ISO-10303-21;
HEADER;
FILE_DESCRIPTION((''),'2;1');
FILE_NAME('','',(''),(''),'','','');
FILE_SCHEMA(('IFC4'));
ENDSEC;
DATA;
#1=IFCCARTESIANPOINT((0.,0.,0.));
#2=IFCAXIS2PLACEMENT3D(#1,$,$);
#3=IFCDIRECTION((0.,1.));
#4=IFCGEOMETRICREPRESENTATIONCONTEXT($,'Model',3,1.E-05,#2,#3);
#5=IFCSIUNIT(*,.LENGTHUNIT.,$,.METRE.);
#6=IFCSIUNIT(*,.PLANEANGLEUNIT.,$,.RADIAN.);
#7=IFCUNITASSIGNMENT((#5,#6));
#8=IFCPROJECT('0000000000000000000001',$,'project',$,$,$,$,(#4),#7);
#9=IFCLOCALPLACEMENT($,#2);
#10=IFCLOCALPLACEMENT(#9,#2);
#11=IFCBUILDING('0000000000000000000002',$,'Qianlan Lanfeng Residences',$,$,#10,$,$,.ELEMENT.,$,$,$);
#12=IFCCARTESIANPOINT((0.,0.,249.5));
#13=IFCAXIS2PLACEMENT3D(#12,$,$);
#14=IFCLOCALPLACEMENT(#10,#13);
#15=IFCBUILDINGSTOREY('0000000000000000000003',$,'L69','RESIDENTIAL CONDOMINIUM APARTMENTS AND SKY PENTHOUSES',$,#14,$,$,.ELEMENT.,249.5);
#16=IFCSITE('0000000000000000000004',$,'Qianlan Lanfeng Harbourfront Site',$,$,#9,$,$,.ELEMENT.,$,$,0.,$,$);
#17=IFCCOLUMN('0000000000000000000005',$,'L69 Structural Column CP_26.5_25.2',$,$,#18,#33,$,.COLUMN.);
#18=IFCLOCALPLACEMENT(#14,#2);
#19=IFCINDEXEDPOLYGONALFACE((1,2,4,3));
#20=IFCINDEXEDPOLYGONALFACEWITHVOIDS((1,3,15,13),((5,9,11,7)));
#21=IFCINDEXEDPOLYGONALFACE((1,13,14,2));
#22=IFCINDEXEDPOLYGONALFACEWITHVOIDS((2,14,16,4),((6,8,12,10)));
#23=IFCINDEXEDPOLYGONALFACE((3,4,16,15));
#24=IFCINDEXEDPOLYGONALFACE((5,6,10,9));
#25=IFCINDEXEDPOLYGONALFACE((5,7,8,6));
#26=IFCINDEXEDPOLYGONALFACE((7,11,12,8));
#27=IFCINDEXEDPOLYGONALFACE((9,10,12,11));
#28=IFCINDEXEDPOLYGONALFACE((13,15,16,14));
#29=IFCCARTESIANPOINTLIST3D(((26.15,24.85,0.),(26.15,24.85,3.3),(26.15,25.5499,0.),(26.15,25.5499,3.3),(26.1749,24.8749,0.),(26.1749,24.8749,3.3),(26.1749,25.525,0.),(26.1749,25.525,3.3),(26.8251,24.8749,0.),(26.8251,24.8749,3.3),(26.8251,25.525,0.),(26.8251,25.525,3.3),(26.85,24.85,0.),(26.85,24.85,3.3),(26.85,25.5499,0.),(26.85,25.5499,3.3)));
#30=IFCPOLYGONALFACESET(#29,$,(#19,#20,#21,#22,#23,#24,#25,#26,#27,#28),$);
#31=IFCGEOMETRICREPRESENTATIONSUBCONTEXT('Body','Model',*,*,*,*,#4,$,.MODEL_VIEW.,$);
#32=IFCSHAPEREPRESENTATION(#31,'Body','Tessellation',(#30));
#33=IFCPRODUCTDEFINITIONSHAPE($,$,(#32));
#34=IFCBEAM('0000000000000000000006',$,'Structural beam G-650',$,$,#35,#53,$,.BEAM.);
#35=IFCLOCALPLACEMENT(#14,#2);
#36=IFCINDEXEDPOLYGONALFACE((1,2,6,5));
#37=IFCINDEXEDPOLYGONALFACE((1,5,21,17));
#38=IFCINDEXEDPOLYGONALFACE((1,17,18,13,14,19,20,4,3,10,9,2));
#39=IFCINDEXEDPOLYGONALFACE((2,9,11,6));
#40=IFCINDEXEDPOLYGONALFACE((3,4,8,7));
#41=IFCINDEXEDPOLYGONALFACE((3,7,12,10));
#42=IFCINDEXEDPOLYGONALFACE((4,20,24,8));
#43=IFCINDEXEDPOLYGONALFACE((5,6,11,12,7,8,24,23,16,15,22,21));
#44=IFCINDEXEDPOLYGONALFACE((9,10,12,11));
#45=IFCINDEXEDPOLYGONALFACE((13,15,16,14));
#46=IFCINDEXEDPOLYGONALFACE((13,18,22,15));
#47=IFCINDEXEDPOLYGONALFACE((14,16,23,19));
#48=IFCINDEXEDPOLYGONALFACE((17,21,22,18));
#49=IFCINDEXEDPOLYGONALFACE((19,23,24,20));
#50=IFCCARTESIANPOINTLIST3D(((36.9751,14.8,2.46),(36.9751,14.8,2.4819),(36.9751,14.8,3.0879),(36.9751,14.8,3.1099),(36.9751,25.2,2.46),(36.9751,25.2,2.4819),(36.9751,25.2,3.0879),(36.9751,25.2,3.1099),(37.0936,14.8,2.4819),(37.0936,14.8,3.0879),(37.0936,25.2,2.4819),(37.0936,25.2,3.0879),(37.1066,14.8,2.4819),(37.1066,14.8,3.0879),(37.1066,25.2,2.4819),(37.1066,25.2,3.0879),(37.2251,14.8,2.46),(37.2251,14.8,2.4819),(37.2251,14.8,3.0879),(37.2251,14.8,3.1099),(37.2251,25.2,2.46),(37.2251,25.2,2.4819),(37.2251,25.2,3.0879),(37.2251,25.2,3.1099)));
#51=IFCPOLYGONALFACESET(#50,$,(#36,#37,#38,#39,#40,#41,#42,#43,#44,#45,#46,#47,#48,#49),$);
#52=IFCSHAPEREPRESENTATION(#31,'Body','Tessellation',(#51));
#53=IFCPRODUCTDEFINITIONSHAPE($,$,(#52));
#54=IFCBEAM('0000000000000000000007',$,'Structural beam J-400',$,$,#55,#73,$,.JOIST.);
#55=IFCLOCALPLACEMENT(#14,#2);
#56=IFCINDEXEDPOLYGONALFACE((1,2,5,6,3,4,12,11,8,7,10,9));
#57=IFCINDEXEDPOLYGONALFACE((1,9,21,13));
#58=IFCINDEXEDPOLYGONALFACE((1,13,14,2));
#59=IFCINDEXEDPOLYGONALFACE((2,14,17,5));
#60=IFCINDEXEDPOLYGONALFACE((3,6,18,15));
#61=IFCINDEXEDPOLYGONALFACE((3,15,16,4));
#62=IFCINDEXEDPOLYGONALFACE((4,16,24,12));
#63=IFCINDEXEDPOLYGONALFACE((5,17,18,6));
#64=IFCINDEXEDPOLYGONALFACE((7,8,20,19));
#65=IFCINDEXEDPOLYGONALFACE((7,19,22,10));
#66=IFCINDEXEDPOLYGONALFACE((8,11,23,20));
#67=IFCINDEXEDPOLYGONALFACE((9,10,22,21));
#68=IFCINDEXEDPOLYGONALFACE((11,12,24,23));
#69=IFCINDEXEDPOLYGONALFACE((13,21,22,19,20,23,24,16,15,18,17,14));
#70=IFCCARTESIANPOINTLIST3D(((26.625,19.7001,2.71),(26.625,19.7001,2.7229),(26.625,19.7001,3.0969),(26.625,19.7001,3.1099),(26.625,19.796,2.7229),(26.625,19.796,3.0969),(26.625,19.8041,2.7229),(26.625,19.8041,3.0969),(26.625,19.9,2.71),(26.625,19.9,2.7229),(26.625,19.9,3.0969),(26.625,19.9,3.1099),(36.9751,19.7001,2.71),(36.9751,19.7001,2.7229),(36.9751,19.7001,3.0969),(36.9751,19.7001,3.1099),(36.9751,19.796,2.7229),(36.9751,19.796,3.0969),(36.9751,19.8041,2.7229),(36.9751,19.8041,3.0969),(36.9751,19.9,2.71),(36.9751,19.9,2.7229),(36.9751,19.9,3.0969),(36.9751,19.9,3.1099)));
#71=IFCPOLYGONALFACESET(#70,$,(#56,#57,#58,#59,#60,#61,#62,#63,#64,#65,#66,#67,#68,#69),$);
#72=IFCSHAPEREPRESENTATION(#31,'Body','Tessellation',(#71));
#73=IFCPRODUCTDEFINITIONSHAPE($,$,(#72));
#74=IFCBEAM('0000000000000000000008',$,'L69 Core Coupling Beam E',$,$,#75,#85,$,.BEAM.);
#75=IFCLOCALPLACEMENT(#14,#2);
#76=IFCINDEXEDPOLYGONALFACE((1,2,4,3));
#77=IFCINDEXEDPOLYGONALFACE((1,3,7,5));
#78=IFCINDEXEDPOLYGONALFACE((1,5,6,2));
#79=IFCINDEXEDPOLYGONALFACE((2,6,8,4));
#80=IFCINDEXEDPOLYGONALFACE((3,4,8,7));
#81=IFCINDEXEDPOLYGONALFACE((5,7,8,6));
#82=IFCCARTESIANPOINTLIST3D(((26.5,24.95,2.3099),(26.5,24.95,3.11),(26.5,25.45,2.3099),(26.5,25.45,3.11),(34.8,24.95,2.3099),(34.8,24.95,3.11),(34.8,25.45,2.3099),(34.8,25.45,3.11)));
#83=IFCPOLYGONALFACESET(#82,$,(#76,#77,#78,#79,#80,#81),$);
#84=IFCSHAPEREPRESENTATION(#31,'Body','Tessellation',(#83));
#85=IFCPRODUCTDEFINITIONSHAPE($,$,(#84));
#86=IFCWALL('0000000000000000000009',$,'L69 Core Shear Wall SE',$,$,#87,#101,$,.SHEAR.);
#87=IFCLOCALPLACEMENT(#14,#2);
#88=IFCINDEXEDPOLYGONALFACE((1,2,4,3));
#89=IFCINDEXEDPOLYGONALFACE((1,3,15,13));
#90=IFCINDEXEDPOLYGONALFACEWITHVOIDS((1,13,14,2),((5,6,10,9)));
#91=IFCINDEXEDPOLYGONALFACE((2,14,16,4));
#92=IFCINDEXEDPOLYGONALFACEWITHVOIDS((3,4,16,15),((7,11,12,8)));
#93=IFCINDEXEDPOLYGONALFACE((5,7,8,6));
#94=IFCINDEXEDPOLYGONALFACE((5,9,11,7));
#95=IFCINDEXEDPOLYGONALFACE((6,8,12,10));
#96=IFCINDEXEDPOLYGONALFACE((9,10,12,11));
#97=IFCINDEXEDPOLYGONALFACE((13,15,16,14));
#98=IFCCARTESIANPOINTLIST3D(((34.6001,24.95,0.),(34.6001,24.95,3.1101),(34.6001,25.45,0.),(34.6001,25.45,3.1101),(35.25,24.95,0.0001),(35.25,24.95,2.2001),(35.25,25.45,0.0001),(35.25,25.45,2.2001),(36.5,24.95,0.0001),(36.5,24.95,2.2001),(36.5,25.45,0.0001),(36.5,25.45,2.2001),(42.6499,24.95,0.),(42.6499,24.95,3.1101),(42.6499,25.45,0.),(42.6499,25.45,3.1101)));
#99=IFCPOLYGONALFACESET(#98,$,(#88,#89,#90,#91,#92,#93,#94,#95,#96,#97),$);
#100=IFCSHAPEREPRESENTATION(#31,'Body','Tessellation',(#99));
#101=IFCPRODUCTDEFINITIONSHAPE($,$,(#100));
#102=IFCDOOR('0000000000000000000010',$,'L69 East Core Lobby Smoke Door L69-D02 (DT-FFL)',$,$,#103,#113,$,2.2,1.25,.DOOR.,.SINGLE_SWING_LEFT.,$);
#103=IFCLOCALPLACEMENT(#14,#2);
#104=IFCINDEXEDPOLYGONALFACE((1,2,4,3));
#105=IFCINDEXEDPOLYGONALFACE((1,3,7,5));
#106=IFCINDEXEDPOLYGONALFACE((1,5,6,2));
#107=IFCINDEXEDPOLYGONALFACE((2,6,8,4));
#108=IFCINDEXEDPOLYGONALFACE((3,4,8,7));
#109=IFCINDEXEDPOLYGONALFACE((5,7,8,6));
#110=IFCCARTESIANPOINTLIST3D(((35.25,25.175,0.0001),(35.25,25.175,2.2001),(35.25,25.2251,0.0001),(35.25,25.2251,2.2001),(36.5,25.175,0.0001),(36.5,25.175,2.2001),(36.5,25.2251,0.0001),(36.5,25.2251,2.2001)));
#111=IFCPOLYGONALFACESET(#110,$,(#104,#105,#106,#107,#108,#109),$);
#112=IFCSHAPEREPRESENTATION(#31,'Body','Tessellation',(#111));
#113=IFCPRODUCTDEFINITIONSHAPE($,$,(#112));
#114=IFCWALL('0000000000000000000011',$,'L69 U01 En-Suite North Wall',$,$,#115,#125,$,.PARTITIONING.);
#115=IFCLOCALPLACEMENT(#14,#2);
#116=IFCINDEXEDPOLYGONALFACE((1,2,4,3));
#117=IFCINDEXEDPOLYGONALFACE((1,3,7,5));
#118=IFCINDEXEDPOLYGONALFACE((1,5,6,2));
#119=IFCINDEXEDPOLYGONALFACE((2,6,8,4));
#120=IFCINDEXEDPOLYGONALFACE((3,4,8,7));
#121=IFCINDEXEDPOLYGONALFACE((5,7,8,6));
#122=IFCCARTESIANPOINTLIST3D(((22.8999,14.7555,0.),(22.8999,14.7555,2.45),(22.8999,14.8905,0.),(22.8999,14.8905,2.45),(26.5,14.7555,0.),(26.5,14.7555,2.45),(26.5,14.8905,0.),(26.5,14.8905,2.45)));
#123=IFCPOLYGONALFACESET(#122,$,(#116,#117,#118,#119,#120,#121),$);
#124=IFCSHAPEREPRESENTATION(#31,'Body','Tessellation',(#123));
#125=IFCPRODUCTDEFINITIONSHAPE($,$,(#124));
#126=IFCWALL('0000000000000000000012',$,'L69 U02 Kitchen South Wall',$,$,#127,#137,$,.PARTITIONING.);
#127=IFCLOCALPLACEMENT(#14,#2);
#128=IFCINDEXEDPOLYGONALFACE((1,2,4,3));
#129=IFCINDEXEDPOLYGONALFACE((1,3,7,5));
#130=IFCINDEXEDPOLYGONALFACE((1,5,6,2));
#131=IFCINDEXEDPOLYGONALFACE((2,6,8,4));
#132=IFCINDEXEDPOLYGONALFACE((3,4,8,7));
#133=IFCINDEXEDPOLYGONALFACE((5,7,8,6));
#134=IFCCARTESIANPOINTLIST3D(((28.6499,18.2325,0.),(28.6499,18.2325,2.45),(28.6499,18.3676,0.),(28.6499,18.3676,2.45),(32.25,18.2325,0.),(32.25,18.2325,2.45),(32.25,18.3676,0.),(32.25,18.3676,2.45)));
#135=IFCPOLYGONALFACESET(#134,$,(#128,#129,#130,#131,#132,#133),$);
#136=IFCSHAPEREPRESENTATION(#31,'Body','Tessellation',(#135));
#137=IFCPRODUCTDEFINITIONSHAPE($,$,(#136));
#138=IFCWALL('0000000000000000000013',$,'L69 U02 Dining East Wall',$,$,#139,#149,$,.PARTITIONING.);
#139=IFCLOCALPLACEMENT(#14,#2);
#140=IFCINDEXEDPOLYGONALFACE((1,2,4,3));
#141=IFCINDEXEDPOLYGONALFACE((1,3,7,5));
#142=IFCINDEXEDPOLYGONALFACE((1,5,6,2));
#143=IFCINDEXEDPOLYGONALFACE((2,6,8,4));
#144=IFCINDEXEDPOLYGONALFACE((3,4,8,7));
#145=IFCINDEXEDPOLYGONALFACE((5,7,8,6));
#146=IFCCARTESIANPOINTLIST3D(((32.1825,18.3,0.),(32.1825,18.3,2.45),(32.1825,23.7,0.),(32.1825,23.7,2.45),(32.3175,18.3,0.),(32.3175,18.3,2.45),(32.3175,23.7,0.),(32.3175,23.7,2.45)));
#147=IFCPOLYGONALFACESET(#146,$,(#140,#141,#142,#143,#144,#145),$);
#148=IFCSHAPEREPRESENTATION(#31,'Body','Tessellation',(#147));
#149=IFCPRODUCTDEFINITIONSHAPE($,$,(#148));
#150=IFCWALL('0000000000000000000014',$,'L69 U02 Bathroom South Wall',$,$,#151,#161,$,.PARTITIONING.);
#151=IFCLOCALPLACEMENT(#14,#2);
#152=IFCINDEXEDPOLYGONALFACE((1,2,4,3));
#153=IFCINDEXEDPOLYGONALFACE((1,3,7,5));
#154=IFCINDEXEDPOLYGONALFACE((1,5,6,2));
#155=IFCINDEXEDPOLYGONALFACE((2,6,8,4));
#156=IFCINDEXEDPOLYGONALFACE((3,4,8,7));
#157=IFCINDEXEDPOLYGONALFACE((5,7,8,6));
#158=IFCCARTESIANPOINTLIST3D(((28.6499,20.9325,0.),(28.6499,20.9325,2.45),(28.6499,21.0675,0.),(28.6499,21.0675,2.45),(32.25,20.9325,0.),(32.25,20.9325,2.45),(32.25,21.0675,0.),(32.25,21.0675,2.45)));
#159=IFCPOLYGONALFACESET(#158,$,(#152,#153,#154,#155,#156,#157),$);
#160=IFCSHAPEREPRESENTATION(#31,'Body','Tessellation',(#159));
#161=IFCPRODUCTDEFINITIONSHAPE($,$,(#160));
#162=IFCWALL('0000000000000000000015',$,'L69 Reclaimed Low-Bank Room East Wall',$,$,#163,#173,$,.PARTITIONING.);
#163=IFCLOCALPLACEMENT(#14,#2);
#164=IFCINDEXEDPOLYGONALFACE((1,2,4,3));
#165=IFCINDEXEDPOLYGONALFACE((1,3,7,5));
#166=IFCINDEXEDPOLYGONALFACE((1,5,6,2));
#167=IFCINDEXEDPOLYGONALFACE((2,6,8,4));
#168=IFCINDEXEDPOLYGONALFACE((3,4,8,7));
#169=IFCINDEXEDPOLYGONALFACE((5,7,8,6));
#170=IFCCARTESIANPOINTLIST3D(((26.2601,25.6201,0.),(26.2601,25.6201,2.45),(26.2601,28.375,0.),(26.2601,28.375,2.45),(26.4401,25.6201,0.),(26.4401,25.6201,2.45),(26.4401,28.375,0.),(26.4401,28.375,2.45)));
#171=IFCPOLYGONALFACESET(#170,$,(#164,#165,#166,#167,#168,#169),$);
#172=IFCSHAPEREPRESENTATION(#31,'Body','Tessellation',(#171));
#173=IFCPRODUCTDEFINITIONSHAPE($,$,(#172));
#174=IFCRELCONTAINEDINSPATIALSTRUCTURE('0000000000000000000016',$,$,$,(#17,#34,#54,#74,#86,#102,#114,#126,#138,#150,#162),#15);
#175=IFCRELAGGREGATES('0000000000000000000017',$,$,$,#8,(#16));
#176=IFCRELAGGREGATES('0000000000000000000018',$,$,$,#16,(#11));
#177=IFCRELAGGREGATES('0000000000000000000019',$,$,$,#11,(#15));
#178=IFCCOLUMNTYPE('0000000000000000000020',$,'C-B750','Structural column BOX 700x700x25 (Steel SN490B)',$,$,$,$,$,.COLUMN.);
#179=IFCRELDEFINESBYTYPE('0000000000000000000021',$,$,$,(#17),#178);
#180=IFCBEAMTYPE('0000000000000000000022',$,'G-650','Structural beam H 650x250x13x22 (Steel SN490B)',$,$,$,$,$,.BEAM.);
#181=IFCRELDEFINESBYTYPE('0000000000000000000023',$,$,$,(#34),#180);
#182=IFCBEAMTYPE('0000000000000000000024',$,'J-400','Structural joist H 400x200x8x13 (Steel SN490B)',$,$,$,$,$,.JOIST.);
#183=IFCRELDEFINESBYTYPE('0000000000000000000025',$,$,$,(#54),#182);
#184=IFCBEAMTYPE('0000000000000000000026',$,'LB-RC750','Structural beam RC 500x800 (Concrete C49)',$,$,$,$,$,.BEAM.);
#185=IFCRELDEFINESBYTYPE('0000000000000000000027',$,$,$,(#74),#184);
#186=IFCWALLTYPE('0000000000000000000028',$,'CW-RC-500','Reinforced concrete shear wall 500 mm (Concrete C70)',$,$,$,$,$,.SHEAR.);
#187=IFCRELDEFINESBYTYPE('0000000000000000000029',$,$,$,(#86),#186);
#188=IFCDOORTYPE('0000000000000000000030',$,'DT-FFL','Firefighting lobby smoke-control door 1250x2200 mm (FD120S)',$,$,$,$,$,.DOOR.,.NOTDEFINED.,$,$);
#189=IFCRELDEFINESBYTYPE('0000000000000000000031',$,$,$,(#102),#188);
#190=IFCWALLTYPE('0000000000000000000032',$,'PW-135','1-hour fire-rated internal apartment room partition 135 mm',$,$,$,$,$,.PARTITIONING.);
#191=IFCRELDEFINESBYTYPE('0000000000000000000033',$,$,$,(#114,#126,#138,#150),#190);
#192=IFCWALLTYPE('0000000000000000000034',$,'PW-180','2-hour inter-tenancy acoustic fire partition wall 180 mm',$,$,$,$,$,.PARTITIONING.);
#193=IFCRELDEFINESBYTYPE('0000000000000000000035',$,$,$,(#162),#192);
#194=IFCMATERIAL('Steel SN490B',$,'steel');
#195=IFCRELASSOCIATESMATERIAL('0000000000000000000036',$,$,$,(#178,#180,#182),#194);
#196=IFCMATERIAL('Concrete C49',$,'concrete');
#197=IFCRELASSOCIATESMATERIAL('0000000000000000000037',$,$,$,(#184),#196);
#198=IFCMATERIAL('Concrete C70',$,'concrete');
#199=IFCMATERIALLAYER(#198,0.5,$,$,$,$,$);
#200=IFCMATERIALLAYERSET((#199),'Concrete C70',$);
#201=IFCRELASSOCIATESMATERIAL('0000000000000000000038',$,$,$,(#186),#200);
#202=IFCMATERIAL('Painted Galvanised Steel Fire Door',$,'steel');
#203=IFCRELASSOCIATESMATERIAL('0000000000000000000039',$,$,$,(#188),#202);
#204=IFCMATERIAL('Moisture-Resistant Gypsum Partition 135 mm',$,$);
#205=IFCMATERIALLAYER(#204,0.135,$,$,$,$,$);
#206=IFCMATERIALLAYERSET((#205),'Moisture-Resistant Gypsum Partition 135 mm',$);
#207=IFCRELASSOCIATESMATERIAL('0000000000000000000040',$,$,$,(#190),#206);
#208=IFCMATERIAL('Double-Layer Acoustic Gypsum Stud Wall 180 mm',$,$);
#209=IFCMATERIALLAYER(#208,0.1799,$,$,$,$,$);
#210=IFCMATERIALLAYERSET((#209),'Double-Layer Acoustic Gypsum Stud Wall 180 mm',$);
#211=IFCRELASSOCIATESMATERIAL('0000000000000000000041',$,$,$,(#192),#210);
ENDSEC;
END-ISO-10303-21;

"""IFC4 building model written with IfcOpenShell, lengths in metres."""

from ifc_helpers import new_model, si_unit, direction, frame, frame_2d, origin, origin_2d, place, context, subcontext, project, spatial, rectangle, hollow_rectangle, i_section, extrude, material, layer, layer_set, material_profile, profile_set, type_object, element, fill, save


model = new_model("IFC4")

# Units and contexts
model_context = context("Model", 3, precision=1e-05, world=origin(), true_north=direction((0.0, 1.0)))
body_context = subcontext(model_context, "Body", "Model", "MODEL_VIEW")
ifc_project = project(units=[si_unit("LENGTHUNIT", "METRE"), si_unit("PLANEANGLEUNIT", "RADIAN")], contexts=[model_context])

# Site, building, storey
site_placement = place(None, origin())
site = spatial("IfcSite", under=ifc_project, at=site_placement, Name="Qianlan Lanfeng Harbourfront Site", CompositionType="ELEMENT", RefElevation=0.0)
building_placement = place(site_placement, origin())
building = spatial("IfcBuilding", under=site, at=building_placement, Name="Qianlan Lanfeng Residences", CompositionType="ELEMENT")
storey_placement = place(building_placement, frame((0.0, 0.0, 249.5)))
storey = spatial("IfcBuildingStorey", under=building, at=storey_placement, Name="L69", Description="RESIDENTIAL CONDOMINIUM APARTMENTS AND SKY PENTHOUSES", CompositionType="ELEMENT", Elevation=249.5)

# Column
ifc_material_1 = material(Name="Steel SN490B", Category="steel")
ifc_material_profile_1 = material_profile(ifc_material_1, hollow_rectangle(XDim=0.7, YDim=0.7, WallThickness=0.0249, at=origin_2d()), Name="BOX 700x700x25")
ifc_profile_set_1 = profile_set([ifc_material_profile_1], Name="Steel SN490B")
column_type = type_object("IfcColumnType", Name="C-B750", Description="Structural column BOX 700x700x25 (Steel SN490B)", PredefinedType="COLUMN", material=ifc_profile_set_1)
column_placement = place(storey_placement, frame((26.5, 25.2, 0.0), z_axis=(0.0, 0.0, 1.0), x_axis=(1.0, 0.0, 0.0)))
element("IfcColumn", 1, at=column_placement, inside=storey, type_object=column_type, Name="L69 Structural Column CP_26.5_25.2", PredefinedType="COLUMN", context=body_context, shape_type="SweptSolid", body=[
    extrude(hollow_rectangle(XDim=0.7, YDim=0.7, WallThickness=0.0249, at=origin_2d()), origin(), (0.0, 0.0, 1.0), 3.3),
])

# Beams
ifc_material_profile_2 = material_profile(ifc_material_1, i_section(OverallWidth=0.25, OverallDepth=0.6499, WebThickness=0.0129, FlangeThickness=0.022, at=origin_2d()), Name="H 650x250x13x22")
ifc_profile_set_2 = profile_set([ifc_material_profile_2], Name="Steel SN490B")
beam_type_1 = type_object("IfcBeamType", Name="G-650", Description="Structural beam H 650x250x13x22 (Steel SN490B)", PredefinedType="BEAM", material=ifc_profile_set_2)
beam_1_placement = place(storey_placement, frame((37.1001, 14.8, 2.7849), z_axis=(0.0, 1.0, 0.0), x_axis=(-1.0, 0.0, 0.0)))
element("IfcBeam", 2, at=beam_1_placement, inside=storey, type_object=beam_type_1, Name="Structural beam G-650", PredefinedType="BEAM", context=body_context, shape_type="SweptSolid", body=[
    extrude(i_section(OverallWidth=0.25, OverallDepth=0.6499, WebThickness=0.0129, FlangeThickness=0.022, at=origin_2d()), origin(), (0.0, 0.0, 1.0), 10.3999),
])
ifc_material_profile_3 = material_profile(ifc_material_1, i_section(OverallWidth=0.2, OverallDepth=0.3999, WebThickness=0.0081, FlangeThickness=0.0129, at=origin_2d()), Name="H 400x200x8x13")
ifc_profile_set_3 = profile_set([ifc_material_profile_3], Name="Steel SN490B")
beam_type_2 = type_object("IfcBeamType", Name="J-400", Description="Structural joist H 400x200x8x13 (Steel SN490B)", PredefinedType="JOIST", material=ifc_profile_set_3)
beam_2_placement = place(storey_placement, frame((26.625, 19.8, 2.9099), z_axis=(1.0, 0.0, 0.0), x_axis=(0.0, 1.0, 0.0)))
element("IfcBeam", 3, at=beam_2_placement, inside=storey, type_object=beam_type_2, Name="Structural beam J-400", PredefinedType="JOIST", context=body_context, shape_type="SweptSolid", body=[
    extrude(i_section(OverallWidth=0.2, OverallDepth=0.3999, WebThickness=0.0081, FlangeThickness=0.0129, at=origin_2d()), origin(), (0.0, 0.0, 1.0), 10.3501),
])
ifc_material_2 = material(Name="Concrete C49", Category="concrete")
ifc_material_profile_4 = material_profile(ifc_material_2, rectangle(XDim=0.5, YDim=0.8, at=origin_2d()), Name="RC 500x800")
ifc_profile_set_4 = profile_set([ifc_material_profile_4], Name="Concrete C49")
beam_type_3 = type_object("IfcBeamType", Name="LB-RC750", Description="Structural beam RC 500x800 (Concrete C49)", PredefinedType="BEAM", material=ifc_profile_set_4)
beam_3_placement = place(storey_placement, frame((26.5, 25.2, 2.71), z_axis=(1.0, 0.0, 0.0), x_axis=(0.0, 1.0, 0.0)))
element("IfcBeam", 4, at=beam_3_placement, inside=storey, type_object=beam_type_3, Name="L69 Core Coupling Beam E", PredefinedType="BEAM", context=body_context, shape_type="SweptSolid", body=[
    extrude(rectangle(XDim=0.5, YDim=0.8, at=origin_2d()), origin(), (0.0, 0.0, 1.0), 8.3),
])

# Wall, opening, door
ifc_material_3 = material(Name="Concrete C70", Category="concrete")
ifc_layer_1 = layer(ifc_material_3, 0.5)
ifc_layer_set_1 = layer_set([ifc_layer_1], Name="Concrete C70")
wall_type_1 = type_object("IfcWallType", Name="CW-RC-500", Description="Reinforced concrete shear wall 500 mm (Concrete C70)", PredefinedType="SHEAR", material=ifc_layer_set_1)
wall_1_placement = place(storey_placement, frame((34.6001, 25.2, 0.0), z_axis=(0.0, 0.0, 1.0), x_axis=(1.0, 0.0, 0.0)))
wall_1 = element("IfcWall", 5, at=wall_1_placement, inside=storey, type_object=wall_type_1, Name="L69 Core Shear Wall SE", PredefinedType="SHEAR", context=body_context, shape_type="SweptSolid", body=[
    extrude(rectangle(XDim=8.0498, YDim=0.5, at=frame_2d((4.0249, 0.0))), origin(), (0.0, 0.0, 1.0), 3.1101),
])
opening_1_placement = place(wall_1_placement, frame((0.6499, 0.0, 0.0)))
opening_1 = element("IfcOpeningElement", 6, at=opening_1_placement, cuts=wall_1, PredefinedType="OPENING", context=body_context, shape_type="SweptSolid", body=[
    extrude(rectangle(XDim=1.25, YDim=2.2, at=frame_2d((0.625, 1.1001))), frame((0.0, 0.26, 0.0), z_axis=(0.0, -1.0, 0.0), x_axis=(1.0, 0.0, 0.0)), (0.0, 0.0, 1.0), 0.52),
])
ifc_material_4 = material(Name="Painted Galvanised Steel Fire Door", Category="steel")
door_type_1 = type_object("IfcDoorType", Name="DT-FFL", Description="Firefighting lobby smoke-control door 1250x2200 mm (FD120S)", OperationType="NOTDEFINED", PredefinedType="DOOR", material=ifc_material_4)
door_1_placement = place(opening_1_placement, frame((1.25, 0.0, 0.0), z_axis=(0.0, 0.0, 1.0), x_axis=(-1.0, 0.0, 0.0)))
door_1 = element("IfcDoor", 7, at=door_1_placement, inside=storey, type_object=door_type_1, Name="L69 East Core Lobby Smoke Door L69-D02 (DT-FFL)", OperationType="SINGLE_SWING_LEFT", OverallHeight=2.2, OverallWidth=1.25, PredefinedType="DOOR", context=body_context, shape_type="SweptSolid", body=[
    extrude(rectangle(XDim=1.25, YDim=2.2, at=frame_2d((0.625, 1.1001))), frame((0.0, 0.0249, 0.0), z_axis=(0.0, -1.0, 0.0), x_axis=(1.0, 0.0, 0.0)), (0.0, 0.0, 1.0), 0.05),
])
fill(opening_1, door_1)

# Walls
ifc_material_5 = material(Name="Moisture-Resistant Gypsum Partition 135 mm")
ifc_layer_2 = layer(ifc_material_5, 0.135)
ifc_layer_set_2 = layer_set([ifc_layer_2], Name="Moisture-Resistant Gypsum Partition 135 mm")
wall_type_2 = type_object("IfcWallType", Name="PW-135", Description="1-hour fire-rated internal apartment room partition 135 mm", PredefinedType="PARTITIONING", material=ifc_layer_set_2)
for number, where, z_axis, x_axis, name in (
    (8, (22.8999, 14.823, 0.0), (0.0, 0.0, 1.0), (1.0, 0.0, 0.0), "L69 U01 En-Suite North Wall"),
    (9, (28.6499, 18.3, 0.0), (0.0, 0.0, 1.0), (1.0, 0.0, 0.0), "L69 U02 Kitchen South Wall"),
):
    element("IfcWall", number, at=place(storey_placement, frame(where, z_axis=z_axis, x_axis=x_axis)), inside=storey, type_object=wall_type_2, Name=name, PredefinedType="PARTITIONING", context=body_context, shape_type="SweptSolid", body=[
        extrude(rectangle(XDim=3.6001, YDim=0.135, at=frame_2d((1.8, 0.0))), origin(), (0.0, 0.0, 1.0), 2.45),
    ])
wall_2_placement = place(storey_placement, frame((32.25, 18.3, 0.0), z_axis=(0.0, 0.0, 1.0), x_axis=(0.0, 1.0, 0.0)))
element("IfcWall", 10, at=wall_2_placement, inside=storey, type_object=wall_type_2, Name="L69 U02 Dining East Wall", PredefinedType="PARTITIONING", context=body_context, shape_type="SweptSolid", body=[
    extrude(rectangle(XDim=5.3999, YDim=0.135, at=frame_2d((2.7, 0.0))), origin(), (0.0, 0.0, 1.0), 2.45),
])
wall_3_placement = place(storey_placement, frame((28.6499, 21.0, 0.0), z_axis=(0.0, 0.0, 1.0), x_axis=(1.0, 0.0, 0.0)))
element("IfcWall", 11, at=wall_3_placement, inside=storey, type_object=wall_type_2, Name="L69 U02 Bathroom South Wall", PredefinedType="PARTITIONING", context=body_context, shape_type="SweptSolid", body=[
    extrude(rectangle(XDim=3.6001, YDim=0.135, at=frame_2d((1.8, 0.0))), origin(), (0.0, 0.0, 1.0), 2.45),
])
ifc_material_6 = material(Name="Double-Layer Acoustic Gypsum Stud Wall 180 mm")
ifc_layer_3 = layer(ifc_material_6, 0.1799)
ifc_layer_set_3 = layer_set([ifc_layer_3], Name="Double-Layer Acoustic Gypsum Stud Wall 180 mm")
wall_type_3 = type_object("IfcWallType", Name="PW-180", Description="2-hour inter-tenancy acoustic fire partition wall 180 mm", PredefinedType="PARTITIONING", material=ifc_layer_set_3)
for number, where, z_axis, x_axis, name in (
    (12, (26.3501, 25.6201, 0.0), (0.0, 0.0, 1.0), (0.0, 1.0, 0.0), "L69 Reclaimed Low-Bank Room East Wall"),
):
    element("IfcWall", number, at=place(storey_placement, frame(where, z_axis=z_axis, x_axis=x_axis)), inside=storey, type_object=wall_type_3, Name=name, PredefinedType="PARTITIONING", context=body_context, shape_type="SweptSolid", body=[
        extrude(rectangle(XDim=2.7549, YDim=0.1799, at=frame_2d((1.3774, 0.0))), origin(), (0.0, 0.0, 1.0), 2.45),
    ])

save(model, "model.ifc")
